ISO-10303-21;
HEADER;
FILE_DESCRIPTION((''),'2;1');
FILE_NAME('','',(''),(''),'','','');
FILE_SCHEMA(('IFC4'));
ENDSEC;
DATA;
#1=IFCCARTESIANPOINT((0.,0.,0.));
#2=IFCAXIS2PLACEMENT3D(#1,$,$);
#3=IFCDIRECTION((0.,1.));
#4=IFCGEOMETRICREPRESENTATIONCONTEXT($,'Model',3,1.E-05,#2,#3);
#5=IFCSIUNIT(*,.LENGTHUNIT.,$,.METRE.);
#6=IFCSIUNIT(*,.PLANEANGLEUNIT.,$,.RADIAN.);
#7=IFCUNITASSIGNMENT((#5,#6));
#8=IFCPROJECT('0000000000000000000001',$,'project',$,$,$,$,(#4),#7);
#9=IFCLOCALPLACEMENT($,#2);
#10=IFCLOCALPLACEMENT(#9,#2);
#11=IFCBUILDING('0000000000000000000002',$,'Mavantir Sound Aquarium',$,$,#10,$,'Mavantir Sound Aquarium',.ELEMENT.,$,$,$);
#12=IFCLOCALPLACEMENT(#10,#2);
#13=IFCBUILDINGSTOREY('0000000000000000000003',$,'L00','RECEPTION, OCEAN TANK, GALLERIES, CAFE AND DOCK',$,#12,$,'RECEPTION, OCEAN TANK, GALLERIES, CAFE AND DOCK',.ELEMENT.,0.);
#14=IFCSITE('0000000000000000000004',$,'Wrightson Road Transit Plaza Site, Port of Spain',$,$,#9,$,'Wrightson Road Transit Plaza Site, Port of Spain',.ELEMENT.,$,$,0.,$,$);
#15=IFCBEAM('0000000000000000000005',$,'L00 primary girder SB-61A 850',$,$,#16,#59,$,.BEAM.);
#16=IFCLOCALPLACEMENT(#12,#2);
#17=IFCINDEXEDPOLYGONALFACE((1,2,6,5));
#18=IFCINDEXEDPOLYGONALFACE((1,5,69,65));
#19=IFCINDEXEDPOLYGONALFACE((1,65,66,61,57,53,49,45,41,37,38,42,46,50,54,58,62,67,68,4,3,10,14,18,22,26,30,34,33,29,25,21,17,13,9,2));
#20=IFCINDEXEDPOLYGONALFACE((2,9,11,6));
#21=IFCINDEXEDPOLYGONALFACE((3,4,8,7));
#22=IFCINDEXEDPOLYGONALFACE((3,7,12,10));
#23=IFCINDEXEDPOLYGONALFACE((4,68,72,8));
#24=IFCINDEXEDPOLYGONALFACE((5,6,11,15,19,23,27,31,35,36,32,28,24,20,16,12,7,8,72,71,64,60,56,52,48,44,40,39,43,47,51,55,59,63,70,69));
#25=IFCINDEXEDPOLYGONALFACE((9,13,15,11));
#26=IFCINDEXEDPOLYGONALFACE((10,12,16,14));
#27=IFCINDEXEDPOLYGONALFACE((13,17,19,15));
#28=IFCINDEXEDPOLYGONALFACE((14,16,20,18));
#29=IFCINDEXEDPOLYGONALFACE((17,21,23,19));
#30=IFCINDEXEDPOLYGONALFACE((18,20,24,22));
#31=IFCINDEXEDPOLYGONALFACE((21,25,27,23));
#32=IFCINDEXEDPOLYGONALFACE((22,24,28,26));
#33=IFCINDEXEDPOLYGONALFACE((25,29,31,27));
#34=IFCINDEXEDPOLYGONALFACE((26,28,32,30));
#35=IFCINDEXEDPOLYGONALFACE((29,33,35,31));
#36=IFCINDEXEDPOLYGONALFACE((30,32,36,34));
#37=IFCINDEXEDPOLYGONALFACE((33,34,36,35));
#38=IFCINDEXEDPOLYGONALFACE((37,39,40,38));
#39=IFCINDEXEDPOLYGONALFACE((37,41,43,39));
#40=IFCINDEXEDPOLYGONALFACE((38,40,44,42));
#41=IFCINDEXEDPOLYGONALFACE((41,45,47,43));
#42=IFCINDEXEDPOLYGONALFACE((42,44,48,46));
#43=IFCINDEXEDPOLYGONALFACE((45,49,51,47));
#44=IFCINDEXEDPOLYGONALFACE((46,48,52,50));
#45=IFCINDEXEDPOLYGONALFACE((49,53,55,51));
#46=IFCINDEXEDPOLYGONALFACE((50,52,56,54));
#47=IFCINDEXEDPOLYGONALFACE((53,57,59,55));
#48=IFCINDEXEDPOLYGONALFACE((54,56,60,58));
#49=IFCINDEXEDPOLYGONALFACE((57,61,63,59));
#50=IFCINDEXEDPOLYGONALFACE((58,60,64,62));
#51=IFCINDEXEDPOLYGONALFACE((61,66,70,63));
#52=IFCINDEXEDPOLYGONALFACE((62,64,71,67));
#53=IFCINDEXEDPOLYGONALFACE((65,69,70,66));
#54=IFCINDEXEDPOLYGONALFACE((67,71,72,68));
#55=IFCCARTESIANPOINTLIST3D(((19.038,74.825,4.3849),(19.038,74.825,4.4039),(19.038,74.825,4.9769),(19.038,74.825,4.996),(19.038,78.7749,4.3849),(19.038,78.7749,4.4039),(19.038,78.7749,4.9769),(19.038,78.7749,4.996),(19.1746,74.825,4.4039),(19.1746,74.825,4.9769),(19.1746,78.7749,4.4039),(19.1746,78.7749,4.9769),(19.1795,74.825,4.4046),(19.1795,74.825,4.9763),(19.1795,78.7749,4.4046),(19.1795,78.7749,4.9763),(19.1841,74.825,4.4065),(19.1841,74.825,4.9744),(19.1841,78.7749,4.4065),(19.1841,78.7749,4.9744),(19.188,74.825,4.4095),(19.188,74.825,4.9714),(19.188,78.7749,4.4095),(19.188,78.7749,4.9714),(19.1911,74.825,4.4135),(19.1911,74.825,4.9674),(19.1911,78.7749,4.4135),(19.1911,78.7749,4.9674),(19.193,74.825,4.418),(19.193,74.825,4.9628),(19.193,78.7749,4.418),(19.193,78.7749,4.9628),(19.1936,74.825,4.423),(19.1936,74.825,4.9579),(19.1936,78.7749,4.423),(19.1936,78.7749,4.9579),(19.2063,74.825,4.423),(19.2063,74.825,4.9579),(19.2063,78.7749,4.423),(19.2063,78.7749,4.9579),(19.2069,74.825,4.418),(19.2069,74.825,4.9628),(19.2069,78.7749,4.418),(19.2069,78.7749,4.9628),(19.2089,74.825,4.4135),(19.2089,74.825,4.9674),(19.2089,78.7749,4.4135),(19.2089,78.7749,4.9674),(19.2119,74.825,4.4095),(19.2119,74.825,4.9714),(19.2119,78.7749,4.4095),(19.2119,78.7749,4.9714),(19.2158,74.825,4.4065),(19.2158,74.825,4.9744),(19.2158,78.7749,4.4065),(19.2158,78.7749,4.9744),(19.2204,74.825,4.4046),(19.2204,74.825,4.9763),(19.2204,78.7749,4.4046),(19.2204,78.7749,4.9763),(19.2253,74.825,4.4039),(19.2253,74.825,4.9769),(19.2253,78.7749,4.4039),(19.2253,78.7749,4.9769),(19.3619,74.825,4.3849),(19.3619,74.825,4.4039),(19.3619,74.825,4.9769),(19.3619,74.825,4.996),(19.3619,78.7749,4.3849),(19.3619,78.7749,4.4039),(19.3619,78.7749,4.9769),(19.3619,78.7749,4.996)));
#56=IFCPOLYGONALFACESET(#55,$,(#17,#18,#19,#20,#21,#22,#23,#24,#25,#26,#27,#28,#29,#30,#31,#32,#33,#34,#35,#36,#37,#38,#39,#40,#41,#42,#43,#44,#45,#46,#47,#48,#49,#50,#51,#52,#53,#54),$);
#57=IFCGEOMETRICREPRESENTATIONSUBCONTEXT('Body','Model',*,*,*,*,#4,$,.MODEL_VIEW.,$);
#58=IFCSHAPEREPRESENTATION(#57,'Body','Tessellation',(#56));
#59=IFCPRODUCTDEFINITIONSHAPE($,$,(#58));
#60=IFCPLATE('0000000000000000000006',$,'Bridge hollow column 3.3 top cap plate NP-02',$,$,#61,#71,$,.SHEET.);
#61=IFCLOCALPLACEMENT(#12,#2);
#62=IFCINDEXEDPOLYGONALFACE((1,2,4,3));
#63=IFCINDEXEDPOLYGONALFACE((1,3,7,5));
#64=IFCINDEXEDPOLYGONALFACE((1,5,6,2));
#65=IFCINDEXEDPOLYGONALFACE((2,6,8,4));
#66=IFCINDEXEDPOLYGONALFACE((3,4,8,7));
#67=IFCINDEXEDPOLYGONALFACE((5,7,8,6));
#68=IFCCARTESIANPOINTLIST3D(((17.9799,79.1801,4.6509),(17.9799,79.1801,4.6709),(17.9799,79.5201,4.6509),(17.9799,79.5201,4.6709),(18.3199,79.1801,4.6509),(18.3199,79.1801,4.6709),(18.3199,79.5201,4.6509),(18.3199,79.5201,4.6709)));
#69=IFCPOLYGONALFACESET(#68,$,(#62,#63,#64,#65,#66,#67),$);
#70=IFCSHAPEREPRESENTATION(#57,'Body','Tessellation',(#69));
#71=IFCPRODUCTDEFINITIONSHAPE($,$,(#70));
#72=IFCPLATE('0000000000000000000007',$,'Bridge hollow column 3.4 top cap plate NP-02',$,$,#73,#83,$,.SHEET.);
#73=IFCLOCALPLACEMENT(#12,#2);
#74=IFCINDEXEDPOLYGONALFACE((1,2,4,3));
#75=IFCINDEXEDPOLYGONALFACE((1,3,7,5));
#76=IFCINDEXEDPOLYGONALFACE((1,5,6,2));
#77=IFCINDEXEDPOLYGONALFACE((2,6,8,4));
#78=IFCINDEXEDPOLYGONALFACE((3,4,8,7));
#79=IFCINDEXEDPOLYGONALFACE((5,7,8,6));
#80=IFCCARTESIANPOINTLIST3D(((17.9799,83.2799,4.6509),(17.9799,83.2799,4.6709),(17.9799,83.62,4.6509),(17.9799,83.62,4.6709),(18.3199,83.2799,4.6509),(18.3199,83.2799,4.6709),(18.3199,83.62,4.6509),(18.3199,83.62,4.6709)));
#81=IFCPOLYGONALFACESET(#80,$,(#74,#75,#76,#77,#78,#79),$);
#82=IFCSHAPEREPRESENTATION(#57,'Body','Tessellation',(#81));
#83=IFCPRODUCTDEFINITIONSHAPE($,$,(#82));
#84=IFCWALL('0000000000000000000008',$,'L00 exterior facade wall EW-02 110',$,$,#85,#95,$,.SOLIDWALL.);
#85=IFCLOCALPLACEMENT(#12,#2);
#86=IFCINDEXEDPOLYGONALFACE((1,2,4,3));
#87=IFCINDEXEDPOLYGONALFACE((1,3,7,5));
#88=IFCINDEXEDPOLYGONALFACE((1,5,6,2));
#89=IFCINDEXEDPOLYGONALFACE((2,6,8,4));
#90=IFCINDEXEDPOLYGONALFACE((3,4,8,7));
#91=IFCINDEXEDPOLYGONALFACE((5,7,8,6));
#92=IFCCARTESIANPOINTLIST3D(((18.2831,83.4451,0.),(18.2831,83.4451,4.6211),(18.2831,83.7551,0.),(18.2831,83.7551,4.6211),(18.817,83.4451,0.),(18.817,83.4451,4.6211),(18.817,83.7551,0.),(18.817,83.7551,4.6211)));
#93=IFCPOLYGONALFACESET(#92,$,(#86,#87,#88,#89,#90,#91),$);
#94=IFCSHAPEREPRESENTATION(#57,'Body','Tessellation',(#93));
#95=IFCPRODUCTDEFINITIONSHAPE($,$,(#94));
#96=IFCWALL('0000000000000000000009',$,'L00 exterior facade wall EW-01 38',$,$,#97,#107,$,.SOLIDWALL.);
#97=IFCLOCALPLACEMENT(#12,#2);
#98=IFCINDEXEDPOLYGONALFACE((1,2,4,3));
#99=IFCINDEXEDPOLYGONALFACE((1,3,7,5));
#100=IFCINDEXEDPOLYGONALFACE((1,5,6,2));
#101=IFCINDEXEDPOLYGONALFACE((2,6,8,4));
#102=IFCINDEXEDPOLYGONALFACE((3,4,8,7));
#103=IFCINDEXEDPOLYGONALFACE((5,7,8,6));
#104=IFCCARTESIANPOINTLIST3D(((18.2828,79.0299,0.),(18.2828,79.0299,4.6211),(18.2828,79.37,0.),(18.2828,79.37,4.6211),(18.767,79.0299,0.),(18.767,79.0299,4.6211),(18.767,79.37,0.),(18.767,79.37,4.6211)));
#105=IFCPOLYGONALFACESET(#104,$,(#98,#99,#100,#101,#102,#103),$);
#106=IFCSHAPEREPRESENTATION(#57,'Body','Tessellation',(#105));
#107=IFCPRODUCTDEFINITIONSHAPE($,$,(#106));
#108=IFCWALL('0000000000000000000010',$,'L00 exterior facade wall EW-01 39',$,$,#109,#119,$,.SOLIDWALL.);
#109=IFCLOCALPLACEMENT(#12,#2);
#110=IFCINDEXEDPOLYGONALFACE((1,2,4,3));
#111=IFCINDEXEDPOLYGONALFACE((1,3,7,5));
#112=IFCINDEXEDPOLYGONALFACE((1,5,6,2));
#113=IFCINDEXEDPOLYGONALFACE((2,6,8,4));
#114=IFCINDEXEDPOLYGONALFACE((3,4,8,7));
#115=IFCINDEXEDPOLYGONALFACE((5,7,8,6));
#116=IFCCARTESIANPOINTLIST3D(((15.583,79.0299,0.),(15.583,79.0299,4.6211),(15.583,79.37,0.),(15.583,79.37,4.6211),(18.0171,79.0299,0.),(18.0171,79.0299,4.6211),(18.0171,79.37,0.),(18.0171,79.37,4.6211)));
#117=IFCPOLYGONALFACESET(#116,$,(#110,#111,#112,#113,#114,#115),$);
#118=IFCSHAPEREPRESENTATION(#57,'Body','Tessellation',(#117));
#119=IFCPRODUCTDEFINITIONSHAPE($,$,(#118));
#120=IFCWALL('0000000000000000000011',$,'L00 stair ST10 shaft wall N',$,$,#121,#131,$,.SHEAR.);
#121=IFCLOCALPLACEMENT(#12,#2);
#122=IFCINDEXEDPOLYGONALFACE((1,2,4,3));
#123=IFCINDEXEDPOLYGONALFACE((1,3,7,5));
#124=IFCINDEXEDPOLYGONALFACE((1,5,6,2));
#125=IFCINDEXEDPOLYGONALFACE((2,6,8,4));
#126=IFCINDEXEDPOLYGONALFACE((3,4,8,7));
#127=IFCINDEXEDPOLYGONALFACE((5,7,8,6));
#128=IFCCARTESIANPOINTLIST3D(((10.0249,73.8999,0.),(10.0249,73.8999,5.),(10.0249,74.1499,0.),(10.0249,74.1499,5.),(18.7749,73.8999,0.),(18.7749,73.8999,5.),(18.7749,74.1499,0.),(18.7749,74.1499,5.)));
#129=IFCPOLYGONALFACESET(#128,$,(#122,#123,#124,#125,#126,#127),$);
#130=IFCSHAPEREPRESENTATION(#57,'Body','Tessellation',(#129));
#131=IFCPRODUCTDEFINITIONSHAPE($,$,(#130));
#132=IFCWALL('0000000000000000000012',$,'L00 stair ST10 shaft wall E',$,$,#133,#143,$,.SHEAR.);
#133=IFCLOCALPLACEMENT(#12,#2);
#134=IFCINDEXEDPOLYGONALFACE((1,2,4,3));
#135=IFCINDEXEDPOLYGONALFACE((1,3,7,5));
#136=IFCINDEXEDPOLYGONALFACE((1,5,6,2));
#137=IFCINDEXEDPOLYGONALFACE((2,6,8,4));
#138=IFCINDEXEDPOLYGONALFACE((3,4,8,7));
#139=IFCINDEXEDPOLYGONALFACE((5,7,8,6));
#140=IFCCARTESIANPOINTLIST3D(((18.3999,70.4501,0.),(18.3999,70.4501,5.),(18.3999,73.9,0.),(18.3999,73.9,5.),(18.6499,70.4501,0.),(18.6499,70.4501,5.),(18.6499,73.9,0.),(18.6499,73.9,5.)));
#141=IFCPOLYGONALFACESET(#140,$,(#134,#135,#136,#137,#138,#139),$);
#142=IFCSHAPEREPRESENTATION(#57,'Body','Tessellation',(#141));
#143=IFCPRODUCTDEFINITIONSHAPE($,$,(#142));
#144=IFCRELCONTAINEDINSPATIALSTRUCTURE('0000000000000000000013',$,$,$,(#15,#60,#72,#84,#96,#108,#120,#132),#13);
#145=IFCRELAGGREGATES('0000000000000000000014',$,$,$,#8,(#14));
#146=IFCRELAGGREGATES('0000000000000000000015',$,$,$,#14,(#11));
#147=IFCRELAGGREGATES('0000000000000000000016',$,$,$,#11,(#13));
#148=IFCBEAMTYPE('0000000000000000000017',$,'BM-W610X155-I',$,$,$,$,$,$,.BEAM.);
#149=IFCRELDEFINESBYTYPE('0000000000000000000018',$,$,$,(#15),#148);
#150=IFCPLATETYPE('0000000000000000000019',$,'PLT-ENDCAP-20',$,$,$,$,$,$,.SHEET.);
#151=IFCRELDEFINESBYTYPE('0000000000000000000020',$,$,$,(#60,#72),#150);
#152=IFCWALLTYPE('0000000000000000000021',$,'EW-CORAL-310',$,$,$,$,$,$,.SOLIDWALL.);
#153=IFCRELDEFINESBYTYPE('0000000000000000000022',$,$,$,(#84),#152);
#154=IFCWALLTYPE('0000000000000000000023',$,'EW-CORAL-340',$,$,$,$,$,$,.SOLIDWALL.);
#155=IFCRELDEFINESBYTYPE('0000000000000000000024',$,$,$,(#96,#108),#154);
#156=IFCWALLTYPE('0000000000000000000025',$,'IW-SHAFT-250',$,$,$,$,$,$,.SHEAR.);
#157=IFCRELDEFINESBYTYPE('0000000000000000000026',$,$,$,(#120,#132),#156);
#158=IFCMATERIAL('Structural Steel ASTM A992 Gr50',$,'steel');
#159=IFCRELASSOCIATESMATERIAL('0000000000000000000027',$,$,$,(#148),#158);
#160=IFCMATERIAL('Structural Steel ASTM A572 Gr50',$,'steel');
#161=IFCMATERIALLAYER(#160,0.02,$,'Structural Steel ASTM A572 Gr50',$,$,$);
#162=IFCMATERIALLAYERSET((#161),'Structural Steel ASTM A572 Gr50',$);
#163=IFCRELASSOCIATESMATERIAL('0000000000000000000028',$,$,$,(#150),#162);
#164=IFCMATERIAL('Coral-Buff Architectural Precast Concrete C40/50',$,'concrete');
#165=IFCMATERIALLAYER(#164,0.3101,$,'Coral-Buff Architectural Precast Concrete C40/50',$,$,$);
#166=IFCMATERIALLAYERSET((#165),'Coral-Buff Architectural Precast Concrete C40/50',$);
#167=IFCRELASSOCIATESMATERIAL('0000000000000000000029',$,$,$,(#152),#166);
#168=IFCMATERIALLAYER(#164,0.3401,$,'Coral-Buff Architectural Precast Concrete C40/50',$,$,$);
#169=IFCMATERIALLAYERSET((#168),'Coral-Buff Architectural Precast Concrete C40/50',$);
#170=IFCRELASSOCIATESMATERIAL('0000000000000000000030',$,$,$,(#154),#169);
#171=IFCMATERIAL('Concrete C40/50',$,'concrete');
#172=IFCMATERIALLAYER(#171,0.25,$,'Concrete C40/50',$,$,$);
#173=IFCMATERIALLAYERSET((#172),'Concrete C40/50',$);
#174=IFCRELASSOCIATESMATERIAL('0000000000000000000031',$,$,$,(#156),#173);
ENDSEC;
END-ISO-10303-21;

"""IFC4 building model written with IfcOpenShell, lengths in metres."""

from ifc_helpers import new_model, si_unit, direction, frame, frame_2d, origin, origin_2d, place, context, subcontext, project, spatial, rectangle, i_section, extrude, material, layer, layer_set, material_profile, profile_set, type_object, element, save


model = new_model("IFC4")

# Units and contexts
model_context = context("Model", 3, precision=1e-05, world=origin(), true_north=direction((0.0, 1.0)))
body_context = subcontext(model_context, "Body", "Model", "MODEL_VIEW")
ifc_project = project(units=[si_unit("LENGTHUNIT", "METRE"), si_unit("PLANEANGLEUNIT", "RADIAN")], contexts=[model_context])

# Site, building, storey
site_placement = place(None, origin())
site = spatial("IfcSite", under=ifc_project, at=site_placement, Name="Wrightson Road Transit Plaza Site, Port of Spain", LongName="Wrightson Road Transit Plaza Site, Port of Spain", CompositionType="ELEMENT", RefElevation=0.0)
building_placement = place(site_placement, origin())
building = spatial("IfcBuilding", under=site, at=building_placement, Name="Mavantir Sound Aquarium", LongName="Mavantir Sound Aquarium", CompositionType="ELEMENT")
storey_placement = place(building_placement, origin())
storey = spatial("IfcBuildingStorey", under=building, at=storey_placement, Name="L00", Description="RECEPTION, OCEAN TANK, GALLERIES, CAFE AND DOCK", LongName="RECEPTION, OCEAN TANK, GALLERIES, CAFE AND DOCK", CompositionType="ELEMENT", Elevation=0.0)

# Shared definitions
ifc_material_1 = material(Name="Concrete C40/50", Category="concrete")

# Beam
ifc_material_2 = material(Name="Structural Steel ASTM A992 Gr50", Category="steel")
ifc_material_profile_1 = material_profile(ifc_material_2, i_section(OverallWidth=0.324, OverallDepth=0.6111, WebThickness=0.0127, FlangeThickness=0.019, FilletRadius=0.019, at=origin_2d()), Name="W610X155")
ifc_profile_set_1 = profile_set([ifc_material_profile_1], Name="Structural Steel ASTM A992 Gr50")
beam_type_1 = type_object("IfcBeamType", Name="BM-W610X155-I", PredefinedType="BEAM", material=ifc_profile_set_1)
beam_1_placement = place(storey_placement, frame((19.2, 74.825, 4.6904), z_axis=(0.0, 1.0, 0.0), x_axis=(-1.0, 0.0, 0.0)))
element("IfcBeam", 1, at=beam_1_placement, inside=storey, type_object=beam_type_1, Name="L00 primary girder SB-61A 850", PredefinedType="BEAM", context=body_context, shape_type="SweptSolid", body=[
    extrude(i_section(OverallWidth=0.324, OverallDepth=0.6111, WebThickness=0.0127, FlangeThickness=0.019, FilletRadius=0.019, at=origin_2d()), origin(), (0.0, 0.0, 1.0), 3.95),
])

# Plates
ifc_material_3 = material(Name="Structural Steel ASTM A572 Gr50", Category="steel")
ifc_layer_1 = layer(ifc_material_3, 0.02, Name="Structural Steel ASTM A572 Gr50")
ifc_layer_set_1 = layer_set([ifc_layer_1], Name="Structural Steel ASTM A572 Gr50")
plate_type = type_object("IfcPlateType", Name="PLT-ENDCAP-20", PredefinedType="SHEET", material=ifc_layer_set_1)
for number, where, z_axis, x_axis, name in (
    (2, (18.1499, 79.3501, 4.6509), (0.0, 0.0, 1.0), (1.0, 0.0, 0.0), "Bridge hollow column 3.3 top cap plate NP-02"),
    (3, (18.1499, 83.45, 4.6509), (0.0, 0.0, 1.0), (1.0, 0.0, 0.0), "Bridge hollow column 3.4 top cap plate NP-02"),
):
    element("IfcPlate", number, at=place(storey_placement, frame(where, z_axis=z_axis, x_axis=x_axis)), inside=storey, type_object=plate_type, Name=name, PredefinedType="SHEET", context=body_context, shape_type="SweptSolid", body=[
        extrude(rectangle(XDim=0.3401, YDim=0.3401, at=origin_2d()), origin(), (0.0, 0.0, 1.0), 0.02),
    ])

# Wall
ifc_material_4 = material(Name="Coral-Buff Architectural Precast Concrete C40/50", Category="concrete")
ifc_layer_2 = layer(ifc_material_4, 0.3101, Name="Coral-Buff Architectural Precast Concrete C40/50")
ifc_layer_set_2 = layer_set([ifc_layer_2], Name="Coral-Buff Architectural Precast Concrete C40/50")
wall_type_1 = type_object("IfcWallType", Name="EW-CORAL-310", PredefinedType="SOLIDWALL", material=ifc_layer_set_2)
wall_1_placement = place(storey_placement, frame((18.283, 83.6001, 0.0), z_axis=(0.0, 0.0, 1.0), x_axis=(1.0, 0.0, 0.0)))
element("IfcWall", 4, at=wall_1_placement, inside=storey, type_object=wall_type_1, Name="L00 exterior facade wall EW-02 110", PredefinedType="SOLIDWALL", context=body_context, shape_type="SweptSolid", body=[
    extrude(rectangle(XDim=0.5339, YDim=0.3101, at=frame_2d((0.2671, 0.0))), origin(), (0.0, 0.0, 1.0), 4.6211),
])

# Shared definitions
ifc_layer_3 = layer(ifc_material_4, 0.3401, Name="Coral-Buff Architectural Precast Concrete C40/50")
ifc_layer_set_3 = layer_set([ifc_layer_3], Name="Coral-Buff Architectural Precast Concrete C40/50")
wall_type_2 = type_object("IfcWallType", Name="EW-CORAL-340", PredefinedType="SOLIDWALL", material=ifc_layer_set_3)

# Walls
wall_2_placement = place(storey_placement, frame((18.7671, 79.2, 0.0), z_axis=(0.0, 0.0, 1.0), x_axis=(-1.0, 0.0, 0.0)))
element("IfcWall", 5, at=wall_2_placement, inside=storey, type_object=wall_type_2, Name="L00 exterior facade wall EW-01 38", PredefinedType="SOLIDWALL", context=body_context, shape_type="SweptSolid", body=[
    extrude(rectangle(XDim=0.4841, YDim=0.3401, at=frame_2d((0.2422, 0.0))), origin(), (0.0, 0.0, 1.0), 4.6211),
])
wall_3_placement = place(storey_placement, frame((18.0171, 79.2, 0.0), z_axis=(0.0, 0.0, 1.0), x_axis=(-1.0, 0.0, 0.0)))
element("IfcWall", 6, at=wall_3_placement, inside=storey, type_object=wall_type_2, Name="L00 exterior facade wall EW-01 39", PredefinedType="SOLIDWALL", context=body_context, shape_type="SweptSolid", body=[
    extrude(rectangle(XDim=2.4341, YDim=0.3401, at=frame_2d((1.217, 0.0))), origin(), (0.0, 0.0, 1.0), 4.6211),
])
ifc_layer_4 = layer(ifc_material_1, 0.25, Name="Concrete C40/50")
ifc_layer_set_4 = layer_set([ifc_layer_4], Name="Concrete C40/50")
wall_type_3 = type_object("IfcWallType", Name="IW-SHAFT-250", PredefinedType="SHEAR", material=ifc_layer_set_4)
wall_4_placement = place(storey_placement, frame((18.7749, 74.0249, 0.0), z_axis=(0.0, 0.0, 1.0), x_axis=(-1.0, 0.0, 0.0)))
element("IfcWall", 7, at=wall_4_placement, inside=storey, type_object=wall_type_3, Name="L00 stair ST10 shaft wall N", PredefinedType="SHEAR", context=body_context, shape_type="SweptSolid", body=[
    extrude(rectangle(XDim=8.75, YDim=0.25, at=frame_2d((4.375, 0.0))), origin(), (0.0, 0.0, 1.0), 5.0),
])
wall_5_placement = place(storey_placement, frame((18.5249, 70.45, 0.0), z_axis=(0.0, 0.0, 1.0), x_axis=(0.0, 1.0, 0.0)))
element("IfcWall", 8, at=wall_5_placement, inside=storey, type_object=wall_type_3, Name="L00 stair ST10 shaft wall E", PredefinedType="SHEAR", context=body_context, shape_type="SweptSolid", body=[
    extrude(rectangle(XDim=3.45, YDim=0.25, at=frame_2d((1.7251, 0.0))), origin(), (0.0, 0.0, 1.0), 5.0),
])

save(model, "model.ifc")
